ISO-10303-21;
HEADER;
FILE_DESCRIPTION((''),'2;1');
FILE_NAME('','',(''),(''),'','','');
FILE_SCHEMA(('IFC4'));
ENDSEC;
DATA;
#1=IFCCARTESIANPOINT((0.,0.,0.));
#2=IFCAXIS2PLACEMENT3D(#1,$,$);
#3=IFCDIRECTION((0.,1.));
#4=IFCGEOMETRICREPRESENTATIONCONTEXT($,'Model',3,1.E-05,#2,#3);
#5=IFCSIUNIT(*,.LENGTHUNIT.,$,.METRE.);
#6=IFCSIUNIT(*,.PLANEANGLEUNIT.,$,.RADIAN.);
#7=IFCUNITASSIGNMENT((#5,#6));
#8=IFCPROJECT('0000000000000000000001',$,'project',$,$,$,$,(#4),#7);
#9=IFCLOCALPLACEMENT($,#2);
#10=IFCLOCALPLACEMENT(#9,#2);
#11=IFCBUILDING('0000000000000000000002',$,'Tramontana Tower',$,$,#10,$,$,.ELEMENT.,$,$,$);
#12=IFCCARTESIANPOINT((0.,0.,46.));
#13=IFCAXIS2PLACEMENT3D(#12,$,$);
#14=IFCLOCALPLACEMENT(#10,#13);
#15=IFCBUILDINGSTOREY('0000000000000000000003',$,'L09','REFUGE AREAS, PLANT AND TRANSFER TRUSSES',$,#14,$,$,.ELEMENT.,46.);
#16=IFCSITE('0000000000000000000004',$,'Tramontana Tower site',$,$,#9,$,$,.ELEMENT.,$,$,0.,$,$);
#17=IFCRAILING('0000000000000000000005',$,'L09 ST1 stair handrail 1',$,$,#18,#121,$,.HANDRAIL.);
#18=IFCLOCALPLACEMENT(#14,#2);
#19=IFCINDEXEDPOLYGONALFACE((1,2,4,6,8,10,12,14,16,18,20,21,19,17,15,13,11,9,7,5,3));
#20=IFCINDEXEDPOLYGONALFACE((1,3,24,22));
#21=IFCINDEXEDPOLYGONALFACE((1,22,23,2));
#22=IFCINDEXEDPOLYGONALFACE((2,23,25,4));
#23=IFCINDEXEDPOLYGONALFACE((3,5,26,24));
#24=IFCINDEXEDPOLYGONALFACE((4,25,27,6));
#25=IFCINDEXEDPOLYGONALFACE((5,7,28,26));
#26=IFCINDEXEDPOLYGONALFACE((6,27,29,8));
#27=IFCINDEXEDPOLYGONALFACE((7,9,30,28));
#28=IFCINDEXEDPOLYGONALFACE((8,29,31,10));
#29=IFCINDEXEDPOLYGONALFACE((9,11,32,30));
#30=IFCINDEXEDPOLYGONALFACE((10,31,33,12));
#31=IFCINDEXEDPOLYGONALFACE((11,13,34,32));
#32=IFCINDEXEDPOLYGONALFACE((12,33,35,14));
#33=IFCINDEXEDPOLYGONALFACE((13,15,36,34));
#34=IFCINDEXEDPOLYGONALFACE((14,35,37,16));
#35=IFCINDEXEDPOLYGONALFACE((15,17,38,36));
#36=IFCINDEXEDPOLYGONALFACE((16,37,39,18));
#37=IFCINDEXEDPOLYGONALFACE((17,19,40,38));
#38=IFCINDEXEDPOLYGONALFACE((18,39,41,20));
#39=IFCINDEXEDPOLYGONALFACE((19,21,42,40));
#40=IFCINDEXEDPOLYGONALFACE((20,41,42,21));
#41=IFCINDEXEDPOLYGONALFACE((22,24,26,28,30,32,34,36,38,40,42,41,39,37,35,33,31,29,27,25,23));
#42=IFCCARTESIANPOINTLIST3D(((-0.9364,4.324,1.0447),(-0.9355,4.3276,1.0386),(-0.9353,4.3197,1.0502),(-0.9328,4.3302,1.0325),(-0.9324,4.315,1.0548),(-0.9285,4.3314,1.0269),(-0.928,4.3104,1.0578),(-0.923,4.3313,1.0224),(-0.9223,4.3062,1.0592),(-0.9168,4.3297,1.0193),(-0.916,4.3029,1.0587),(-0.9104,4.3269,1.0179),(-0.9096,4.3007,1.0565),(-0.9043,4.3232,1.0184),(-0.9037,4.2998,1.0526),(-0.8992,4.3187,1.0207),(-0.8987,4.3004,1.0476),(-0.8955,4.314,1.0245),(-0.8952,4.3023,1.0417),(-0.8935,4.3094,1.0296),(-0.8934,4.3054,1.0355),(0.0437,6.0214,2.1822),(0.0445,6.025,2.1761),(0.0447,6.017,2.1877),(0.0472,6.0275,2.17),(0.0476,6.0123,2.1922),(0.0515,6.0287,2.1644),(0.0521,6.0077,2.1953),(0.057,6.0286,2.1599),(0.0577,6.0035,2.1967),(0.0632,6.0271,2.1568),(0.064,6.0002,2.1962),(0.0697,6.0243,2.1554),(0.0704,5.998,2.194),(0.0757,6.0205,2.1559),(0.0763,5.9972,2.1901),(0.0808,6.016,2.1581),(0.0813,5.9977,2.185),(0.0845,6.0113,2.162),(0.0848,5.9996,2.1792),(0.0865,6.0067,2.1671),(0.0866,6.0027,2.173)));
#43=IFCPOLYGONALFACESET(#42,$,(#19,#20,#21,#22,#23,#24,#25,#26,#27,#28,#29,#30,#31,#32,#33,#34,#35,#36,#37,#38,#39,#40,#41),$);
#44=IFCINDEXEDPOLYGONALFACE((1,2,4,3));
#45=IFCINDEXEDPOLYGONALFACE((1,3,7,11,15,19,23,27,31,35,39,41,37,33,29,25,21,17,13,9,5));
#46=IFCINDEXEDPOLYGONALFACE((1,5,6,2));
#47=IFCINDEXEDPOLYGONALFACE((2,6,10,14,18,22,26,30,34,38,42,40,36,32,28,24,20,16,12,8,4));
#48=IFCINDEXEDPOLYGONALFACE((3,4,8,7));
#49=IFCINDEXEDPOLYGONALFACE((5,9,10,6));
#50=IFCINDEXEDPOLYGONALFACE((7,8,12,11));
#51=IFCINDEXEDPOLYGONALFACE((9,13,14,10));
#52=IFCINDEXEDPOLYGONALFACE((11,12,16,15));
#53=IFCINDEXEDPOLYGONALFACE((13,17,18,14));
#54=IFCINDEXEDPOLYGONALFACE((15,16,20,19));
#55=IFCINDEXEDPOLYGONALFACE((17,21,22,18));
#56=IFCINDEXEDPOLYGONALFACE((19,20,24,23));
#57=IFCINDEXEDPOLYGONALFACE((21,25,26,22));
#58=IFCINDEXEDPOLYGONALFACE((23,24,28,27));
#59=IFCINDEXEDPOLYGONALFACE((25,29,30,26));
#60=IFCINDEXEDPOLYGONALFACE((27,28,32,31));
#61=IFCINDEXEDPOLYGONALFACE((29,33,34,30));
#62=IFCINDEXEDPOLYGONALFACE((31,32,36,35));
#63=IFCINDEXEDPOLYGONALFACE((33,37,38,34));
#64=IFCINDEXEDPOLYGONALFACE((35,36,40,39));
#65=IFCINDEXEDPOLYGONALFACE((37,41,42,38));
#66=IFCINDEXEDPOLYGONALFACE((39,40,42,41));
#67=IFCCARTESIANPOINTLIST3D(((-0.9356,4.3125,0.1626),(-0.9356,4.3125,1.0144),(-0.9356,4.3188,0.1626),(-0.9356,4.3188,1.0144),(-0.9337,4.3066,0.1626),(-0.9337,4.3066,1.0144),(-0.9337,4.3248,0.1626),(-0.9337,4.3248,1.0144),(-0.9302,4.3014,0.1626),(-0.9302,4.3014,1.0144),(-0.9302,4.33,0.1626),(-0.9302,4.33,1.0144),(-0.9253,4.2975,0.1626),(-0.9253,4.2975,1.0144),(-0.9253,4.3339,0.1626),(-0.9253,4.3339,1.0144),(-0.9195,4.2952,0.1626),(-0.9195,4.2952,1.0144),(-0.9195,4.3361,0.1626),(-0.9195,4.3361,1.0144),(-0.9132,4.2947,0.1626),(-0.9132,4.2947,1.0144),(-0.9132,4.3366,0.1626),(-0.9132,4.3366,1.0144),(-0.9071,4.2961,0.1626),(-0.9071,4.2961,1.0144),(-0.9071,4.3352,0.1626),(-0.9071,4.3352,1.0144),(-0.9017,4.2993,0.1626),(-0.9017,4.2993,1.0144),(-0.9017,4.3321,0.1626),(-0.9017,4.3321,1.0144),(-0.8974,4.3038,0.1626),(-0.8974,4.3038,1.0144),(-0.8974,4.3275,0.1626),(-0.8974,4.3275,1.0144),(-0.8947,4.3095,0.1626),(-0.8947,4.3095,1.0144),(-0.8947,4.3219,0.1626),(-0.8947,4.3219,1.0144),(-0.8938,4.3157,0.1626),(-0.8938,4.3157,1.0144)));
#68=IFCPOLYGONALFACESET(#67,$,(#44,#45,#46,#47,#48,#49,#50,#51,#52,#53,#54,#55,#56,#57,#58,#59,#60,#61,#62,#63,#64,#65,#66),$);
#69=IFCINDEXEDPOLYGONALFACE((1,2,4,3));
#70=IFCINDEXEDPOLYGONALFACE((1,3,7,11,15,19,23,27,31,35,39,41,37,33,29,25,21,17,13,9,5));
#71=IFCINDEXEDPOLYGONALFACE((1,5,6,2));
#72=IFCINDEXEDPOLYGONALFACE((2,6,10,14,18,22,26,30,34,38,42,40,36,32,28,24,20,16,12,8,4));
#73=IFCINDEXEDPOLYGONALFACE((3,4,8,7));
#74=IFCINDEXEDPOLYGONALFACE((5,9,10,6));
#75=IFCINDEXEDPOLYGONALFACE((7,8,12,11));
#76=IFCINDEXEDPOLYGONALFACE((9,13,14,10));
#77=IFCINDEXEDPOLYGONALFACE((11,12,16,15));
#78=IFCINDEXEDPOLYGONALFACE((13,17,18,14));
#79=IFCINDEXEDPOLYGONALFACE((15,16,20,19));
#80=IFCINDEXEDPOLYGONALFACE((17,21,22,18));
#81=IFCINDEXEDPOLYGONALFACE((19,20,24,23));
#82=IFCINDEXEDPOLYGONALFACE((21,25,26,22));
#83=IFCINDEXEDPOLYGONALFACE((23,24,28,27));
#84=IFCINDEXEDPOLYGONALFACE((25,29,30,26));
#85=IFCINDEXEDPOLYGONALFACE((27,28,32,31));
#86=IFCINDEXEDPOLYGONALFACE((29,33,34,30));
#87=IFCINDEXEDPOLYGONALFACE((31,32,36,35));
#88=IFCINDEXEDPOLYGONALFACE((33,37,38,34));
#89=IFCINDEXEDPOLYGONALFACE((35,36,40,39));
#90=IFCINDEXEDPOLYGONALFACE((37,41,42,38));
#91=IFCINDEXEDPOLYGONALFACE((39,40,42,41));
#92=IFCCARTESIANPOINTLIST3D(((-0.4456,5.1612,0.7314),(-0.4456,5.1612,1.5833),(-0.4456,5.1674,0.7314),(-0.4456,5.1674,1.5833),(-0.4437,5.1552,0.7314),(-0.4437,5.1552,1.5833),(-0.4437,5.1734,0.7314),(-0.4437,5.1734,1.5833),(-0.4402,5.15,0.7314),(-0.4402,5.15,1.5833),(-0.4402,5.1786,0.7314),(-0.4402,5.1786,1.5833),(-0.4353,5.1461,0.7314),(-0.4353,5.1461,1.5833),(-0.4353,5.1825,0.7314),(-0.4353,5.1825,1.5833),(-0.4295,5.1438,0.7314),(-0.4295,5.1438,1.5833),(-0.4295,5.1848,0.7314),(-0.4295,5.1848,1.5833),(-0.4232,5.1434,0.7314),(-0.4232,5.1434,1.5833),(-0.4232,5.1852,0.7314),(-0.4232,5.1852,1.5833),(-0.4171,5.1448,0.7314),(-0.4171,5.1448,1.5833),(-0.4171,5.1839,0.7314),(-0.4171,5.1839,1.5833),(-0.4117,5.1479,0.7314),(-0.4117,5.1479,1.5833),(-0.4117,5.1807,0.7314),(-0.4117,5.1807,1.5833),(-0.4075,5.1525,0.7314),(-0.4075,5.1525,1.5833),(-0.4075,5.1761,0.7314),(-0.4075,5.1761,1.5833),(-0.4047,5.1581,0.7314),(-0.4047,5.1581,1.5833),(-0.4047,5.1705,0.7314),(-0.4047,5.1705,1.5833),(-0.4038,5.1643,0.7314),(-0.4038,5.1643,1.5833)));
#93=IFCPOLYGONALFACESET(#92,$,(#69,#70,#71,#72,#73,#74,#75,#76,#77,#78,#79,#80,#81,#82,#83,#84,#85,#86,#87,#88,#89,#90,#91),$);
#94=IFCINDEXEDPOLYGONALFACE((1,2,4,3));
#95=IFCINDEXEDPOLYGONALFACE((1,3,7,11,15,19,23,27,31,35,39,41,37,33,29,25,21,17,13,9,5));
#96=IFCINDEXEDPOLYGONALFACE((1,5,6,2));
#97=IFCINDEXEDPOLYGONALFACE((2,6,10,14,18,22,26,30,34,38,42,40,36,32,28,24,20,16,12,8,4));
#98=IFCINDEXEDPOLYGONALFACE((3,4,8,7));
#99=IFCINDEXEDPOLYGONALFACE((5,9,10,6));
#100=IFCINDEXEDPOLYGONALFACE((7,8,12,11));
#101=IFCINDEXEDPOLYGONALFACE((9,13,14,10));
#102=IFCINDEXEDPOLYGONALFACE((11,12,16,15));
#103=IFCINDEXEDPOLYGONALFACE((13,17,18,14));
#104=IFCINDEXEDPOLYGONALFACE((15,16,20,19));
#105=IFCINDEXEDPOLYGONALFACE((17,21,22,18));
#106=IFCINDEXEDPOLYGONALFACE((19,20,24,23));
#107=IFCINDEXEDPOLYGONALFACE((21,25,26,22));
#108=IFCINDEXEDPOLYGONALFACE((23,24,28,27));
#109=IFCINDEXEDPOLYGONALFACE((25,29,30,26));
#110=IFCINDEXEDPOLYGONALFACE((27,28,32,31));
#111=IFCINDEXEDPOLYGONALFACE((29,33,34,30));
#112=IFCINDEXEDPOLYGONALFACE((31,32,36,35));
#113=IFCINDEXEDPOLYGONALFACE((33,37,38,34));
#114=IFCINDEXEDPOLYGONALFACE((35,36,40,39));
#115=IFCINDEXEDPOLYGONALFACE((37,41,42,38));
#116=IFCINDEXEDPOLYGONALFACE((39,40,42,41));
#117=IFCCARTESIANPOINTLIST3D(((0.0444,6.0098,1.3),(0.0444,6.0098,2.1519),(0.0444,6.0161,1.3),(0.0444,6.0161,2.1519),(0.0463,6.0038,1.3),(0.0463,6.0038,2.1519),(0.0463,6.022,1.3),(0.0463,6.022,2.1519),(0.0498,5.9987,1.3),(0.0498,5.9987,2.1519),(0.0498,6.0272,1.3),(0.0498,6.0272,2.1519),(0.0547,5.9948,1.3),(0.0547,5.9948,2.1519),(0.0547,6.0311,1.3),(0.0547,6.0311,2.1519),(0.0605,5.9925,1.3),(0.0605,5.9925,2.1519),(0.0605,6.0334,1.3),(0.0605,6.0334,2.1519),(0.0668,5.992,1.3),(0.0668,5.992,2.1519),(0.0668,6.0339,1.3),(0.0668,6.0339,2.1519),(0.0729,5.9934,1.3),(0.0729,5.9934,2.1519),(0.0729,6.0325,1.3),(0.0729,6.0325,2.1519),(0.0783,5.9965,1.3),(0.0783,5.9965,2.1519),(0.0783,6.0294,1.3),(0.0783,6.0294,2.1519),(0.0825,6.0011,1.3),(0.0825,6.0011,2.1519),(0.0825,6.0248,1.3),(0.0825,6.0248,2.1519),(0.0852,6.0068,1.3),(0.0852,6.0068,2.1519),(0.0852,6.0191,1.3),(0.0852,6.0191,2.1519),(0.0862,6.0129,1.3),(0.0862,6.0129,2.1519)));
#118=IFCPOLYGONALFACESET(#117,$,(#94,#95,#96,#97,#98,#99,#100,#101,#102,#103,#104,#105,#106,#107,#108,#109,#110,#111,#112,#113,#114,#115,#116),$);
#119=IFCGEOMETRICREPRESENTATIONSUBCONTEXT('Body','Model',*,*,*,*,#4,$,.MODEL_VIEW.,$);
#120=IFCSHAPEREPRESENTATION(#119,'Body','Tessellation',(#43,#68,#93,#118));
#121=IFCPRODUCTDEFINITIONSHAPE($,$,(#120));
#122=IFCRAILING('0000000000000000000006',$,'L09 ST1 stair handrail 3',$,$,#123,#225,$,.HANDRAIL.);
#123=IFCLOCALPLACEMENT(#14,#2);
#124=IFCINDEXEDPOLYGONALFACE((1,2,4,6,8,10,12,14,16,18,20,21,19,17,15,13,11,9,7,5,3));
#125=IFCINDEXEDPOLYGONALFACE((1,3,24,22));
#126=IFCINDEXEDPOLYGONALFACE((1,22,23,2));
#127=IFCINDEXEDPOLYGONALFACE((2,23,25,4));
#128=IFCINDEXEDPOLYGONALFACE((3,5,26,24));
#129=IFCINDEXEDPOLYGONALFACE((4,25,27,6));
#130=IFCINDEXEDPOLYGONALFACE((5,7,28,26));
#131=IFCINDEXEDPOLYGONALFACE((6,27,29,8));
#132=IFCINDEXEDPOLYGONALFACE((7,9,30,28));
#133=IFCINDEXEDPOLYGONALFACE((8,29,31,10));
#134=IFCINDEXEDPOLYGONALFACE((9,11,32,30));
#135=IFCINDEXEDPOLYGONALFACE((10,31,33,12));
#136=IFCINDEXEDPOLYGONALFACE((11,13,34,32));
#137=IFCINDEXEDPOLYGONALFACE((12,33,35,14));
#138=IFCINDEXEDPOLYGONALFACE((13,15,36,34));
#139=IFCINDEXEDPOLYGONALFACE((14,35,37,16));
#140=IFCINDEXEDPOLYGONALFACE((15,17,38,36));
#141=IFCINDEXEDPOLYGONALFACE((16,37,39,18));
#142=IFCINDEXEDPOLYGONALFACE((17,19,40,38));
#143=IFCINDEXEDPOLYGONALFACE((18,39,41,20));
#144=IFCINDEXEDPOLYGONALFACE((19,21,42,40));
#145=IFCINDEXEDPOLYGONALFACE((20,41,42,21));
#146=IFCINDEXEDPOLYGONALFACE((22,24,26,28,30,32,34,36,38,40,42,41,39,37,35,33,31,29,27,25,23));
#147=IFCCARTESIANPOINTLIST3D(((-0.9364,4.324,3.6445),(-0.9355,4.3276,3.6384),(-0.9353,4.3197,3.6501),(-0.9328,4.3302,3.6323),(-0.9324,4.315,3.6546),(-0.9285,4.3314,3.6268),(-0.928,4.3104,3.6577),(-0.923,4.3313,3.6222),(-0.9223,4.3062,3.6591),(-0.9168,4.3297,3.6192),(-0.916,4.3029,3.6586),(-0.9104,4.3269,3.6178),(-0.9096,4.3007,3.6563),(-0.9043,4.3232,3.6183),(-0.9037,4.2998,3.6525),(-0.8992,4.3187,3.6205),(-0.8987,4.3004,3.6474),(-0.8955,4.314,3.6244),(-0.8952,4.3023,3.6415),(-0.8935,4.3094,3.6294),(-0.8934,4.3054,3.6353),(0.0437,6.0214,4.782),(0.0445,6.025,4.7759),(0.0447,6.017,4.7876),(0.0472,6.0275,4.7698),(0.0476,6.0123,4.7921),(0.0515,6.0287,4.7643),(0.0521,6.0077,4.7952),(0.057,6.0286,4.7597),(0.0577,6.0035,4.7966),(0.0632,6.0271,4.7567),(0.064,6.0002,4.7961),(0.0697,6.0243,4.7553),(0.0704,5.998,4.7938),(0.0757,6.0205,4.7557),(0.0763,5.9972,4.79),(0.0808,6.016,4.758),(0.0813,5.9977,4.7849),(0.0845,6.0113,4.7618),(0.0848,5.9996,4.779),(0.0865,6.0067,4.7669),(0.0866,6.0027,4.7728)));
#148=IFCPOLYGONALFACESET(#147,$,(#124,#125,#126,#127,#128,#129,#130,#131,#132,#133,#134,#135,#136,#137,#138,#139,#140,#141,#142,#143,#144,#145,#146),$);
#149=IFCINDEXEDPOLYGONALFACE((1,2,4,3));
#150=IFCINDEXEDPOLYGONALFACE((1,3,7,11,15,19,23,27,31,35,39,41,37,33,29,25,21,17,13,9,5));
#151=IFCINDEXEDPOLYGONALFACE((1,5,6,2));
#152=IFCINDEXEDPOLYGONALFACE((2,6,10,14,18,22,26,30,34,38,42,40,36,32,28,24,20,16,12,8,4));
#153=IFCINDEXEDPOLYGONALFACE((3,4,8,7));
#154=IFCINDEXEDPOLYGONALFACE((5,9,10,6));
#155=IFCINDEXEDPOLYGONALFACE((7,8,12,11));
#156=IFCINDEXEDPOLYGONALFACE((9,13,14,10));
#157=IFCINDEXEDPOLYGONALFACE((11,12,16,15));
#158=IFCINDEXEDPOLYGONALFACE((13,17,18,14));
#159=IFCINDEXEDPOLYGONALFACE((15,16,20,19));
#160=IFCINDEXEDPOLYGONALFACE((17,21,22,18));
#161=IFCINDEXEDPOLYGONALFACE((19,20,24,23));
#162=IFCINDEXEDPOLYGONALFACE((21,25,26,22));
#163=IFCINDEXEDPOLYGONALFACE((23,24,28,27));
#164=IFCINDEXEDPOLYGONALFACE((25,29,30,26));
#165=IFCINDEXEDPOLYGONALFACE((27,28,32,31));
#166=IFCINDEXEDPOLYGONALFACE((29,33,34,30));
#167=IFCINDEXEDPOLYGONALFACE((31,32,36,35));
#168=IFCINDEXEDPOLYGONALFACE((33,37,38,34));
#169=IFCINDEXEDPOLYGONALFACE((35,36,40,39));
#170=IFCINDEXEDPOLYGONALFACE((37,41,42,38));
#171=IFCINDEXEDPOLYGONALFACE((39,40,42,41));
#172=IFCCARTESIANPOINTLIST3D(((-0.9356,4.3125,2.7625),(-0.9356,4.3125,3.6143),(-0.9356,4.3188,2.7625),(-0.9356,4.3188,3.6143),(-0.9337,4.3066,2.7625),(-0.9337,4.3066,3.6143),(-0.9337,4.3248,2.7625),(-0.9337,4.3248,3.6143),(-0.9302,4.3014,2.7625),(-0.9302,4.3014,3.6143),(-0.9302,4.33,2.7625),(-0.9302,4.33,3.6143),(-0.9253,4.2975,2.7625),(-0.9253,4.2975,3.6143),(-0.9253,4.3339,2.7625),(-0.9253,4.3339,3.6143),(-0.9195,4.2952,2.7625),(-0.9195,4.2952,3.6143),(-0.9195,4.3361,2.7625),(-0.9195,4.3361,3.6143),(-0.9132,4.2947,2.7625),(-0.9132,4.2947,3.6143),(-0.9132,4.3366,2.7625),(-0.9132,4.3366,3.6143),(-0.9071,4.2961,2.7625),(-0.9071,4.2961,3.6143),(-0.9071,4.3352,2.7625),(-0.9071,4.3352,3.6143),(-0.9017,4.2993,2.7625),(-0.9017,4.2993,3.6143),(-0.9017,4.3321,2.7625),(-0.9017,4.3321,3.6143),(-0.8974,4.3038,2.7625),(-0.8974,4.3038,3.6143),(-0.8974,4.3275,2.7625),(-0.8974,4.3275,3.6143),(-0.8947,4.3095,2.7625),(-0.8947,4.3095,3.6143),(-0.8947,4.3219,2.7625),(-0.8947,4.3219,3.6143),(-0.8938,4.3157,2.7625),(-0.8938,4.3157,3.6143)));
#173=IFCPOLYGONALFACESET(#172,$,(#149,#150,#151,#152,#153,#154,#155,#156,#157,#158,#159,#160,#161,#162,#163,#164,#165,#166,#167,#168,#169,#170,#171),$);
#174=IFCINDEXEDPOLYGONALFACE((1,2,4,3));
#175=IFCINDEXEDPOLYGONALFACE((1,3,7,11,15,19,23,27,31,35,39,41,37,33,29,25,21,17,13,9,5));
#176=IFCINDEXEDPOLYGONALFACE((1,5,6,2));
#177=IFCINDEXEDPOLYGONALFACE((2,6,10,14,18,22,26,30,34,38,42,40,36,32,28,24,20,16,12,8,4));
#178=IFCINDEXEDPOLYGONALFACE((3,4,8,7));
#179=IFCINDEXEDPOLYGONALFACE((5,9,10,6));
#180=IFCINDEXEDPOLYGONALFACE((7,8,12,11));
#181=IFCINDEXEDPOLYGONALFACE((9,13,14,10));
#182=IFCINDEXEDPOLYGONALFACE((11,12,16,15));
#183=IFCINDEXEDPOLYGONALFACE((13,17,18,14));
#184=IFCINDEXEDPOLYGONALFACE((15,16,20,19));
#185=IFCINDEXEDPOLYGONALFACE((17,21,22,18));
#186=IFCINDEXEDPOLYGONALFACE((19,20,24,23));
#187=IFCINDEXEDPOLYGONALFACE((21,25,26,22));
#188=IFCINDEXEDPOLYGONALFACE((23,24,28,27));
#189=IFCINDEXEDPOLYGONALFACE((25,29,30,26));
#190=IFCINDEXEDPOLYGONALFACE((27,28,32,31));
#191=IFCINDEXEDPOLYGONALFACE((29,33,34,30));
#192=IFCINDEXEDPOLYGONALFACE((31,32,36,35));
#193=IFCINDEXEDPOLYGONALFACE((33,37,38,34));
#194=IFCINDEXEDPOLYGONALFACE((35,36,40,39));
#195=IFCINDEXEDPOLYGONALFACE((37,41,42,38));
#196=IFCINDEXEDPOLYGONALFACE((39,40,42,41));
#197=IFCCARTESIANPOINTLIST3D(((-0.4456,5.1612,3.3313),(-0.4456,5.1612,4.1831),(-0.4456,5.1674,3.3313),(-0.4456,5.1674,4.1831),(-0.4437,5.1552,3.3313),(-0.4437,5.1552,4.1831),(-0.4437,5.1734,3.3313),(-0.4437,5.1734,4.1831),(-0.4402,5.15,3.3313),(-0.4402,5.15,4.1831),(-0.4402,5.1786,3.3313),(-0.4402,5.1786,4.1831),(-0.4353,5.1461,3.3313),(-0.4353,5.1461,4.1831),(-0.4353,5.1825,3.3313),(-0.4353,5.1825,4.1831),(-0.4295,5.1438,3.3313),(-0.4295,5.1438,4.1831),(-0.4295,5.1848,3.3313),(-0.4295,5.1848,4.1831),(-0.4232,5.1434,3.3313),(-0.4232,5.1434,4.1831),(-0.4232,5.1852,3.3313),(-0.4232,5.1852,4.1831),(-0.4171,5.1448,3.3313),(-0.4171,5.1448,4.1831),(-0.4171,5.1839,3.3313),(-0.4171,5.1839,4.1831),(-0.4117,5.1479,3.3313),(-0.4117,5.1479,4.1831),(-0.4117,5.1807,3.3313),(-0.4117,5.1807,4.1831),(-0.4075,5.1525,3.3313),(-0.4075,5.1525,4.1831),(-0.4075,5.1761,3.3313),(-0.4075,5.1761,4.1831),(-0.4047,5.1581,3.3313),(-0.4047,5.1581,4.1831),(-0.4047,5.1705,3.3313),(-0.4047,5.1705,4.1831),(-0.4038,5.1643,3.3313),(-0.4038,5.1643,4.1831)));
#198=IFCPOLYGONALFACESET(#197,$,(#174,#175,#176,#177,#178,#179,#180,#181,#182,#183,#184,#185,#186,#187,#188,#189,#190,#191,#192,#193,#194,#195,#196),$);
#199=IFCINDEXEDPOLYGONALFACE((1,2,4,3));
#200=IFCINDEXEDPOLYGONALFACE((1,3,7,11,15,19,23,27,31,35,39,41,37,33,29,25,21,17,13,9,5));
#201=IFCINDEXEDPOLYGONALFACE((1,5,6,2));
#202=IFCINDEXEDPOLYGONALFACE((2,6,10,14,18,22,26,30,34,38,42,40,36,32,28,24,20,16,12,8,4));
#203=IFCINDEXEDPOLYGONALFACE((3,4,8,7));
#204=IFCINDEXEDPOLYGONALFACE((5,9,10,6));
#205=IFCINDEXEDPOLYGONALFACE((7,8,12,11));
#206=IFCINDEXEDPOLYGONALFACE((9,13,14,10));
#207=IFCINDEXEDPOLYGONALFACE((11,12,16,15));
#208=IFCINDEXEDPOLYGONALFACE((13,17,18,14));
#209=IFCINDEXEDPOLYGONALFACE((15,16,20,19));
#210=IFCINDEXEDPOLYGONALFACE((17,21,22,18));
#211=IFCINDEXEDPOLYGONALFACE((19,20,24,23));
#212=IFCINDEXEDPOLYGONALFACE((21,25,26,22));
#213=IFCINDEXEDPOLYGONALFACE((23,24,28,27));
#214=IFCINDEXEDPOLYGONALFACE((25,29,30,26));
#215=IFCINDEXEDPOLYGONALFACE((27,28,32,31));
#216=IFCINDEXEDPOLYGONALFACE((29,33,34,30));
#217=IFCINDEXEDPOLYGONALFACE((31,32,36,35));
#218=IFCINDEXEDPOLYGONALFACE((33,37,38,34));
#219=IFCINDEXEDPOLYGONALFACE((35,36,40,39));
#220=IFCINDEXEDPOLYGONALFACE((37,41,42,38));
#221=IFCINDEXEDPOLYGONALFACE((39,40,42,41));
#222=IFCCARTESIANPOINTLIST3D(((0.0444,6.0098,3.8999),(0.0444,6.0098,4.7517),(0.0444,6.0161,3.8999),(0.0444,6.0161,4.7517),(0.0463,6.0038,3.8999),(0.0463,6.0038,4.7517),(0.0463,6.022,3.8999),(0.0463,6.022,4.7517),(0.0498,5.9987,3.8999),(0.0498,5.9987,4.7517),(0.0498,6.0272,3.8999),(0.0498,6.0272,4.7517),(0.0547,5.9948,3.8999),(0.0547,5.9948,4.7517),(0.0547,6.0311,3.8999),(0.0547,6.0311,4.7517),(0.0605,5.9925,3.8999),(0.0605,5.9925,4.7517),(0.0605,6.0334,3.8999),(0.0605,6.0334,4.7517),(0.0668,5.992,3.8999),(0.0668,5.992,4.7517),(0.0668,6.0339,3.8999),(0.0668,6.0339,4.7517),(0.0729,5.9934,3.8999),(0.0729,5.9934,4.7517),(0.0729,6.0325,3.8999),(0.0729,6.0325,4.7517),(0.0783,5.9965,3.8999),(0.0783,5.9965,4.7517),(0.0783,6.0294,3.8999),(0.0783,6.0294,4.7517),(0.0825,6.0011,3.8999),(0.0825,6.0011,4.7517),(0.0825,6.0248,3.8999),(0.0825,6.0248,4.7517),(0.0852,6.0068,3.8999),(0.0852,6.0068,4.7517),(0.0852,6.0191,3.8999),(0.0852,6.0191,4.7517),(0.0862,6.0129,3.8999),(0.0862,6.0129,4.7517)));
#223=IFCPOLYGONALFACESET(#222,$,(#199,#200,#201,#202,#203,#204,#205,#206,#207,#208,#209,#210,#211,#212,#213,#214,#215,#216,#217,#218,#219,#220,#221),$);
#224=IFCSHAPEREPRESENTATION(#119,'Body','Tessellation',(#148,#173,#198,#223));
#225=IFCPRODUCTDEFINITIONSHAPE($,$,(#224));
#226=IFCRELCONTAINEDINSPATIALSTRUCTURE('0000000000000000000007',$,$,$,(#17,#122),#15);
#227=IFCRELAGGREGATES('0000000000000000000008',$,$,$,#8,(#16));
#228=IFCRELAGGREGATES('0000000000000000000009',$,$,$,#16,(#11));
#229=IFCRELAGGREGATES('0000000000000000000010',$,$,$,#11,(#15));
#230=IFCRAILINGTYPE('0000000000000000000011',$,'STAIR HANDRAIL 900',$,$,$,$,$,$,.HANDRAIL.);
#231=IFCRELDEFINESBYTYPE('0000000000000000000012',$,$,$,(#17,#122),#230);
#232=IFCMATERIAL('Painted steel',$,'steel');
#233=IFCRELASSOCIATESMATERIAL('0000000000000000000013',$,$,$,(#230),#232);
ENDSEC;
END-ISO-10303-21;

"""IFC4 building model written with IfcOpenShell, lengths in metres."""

from ifc_helpers import new_model, si_unit, direction, frame, origin, origin_2d, place, context, subcontext, project, spatial, circle, extrude, material, type_object, element, save


model = new_model("IFC4")

# Units and contexts
model_context = context("Model", 3, precision=1e-05, world=origin(), true_north=direction((0.0, 1.0)))
body_context = subcontext(model_context, "Body", "Model", "MODEL_VIEW")
ifc_project = project(units=[si_unit("LENGTHUNIT", "METRE"), si_unit("PLANEANGLEUNIT", "RADIAN")], contexts=[model_context])

# Site, building, storey
site_placement = place(None, origin())
site = spatial("IfcSite", under=ifc_project, at=site_placement, Name="Tramontana Tower site", CompositionType="ELEMENT", RefElevation=0.0)
building_placement = place(site_placement, origin())
building = spatial("IfcBuilding", under=site, at=building_placement, Name="Tramontana Tower", CompositionType="ELEMENT")
storey_placement = place(building_placement, frame((0.0, 0.0, 46.0)))
storey = spatial("IfcBuildingStorey", under=building, at=storey_placement, Name="L09", Description="REFUGE AREAS, PLANT AND TRANSFER TRUSSES", CompositionType="ELEMENT", Elevation=46.0)

# Railings
ifc_material_1 = material(Name="Painted steel", Category="steel")
railing_type = type_object("IfcRailingType", Name="STAIR HANDRAIL 900", PredefinedType="HANDRAIL", material=ifc_material_1)
for number, where, name in (
    (1, (-0.9148, 4.3157, 0.1626), "L09 ST1 stair handrail 1"),
    (2, (-0.9148, 4.3157, 2.7625), "L09 ST1 stair handrail 3"),
):
    element("IfcRailing", number, at=place(storey_placement, frame(where)), inside=storey, type_object=railing_type, Name=name, PredefinedType="HANDRAIL", context=body_context, shape_type="SweptSolid", body=[
        extrude(circle(Radius=0.0239, at=origin_2d()), frame((0.0, 0.0, 0.876), z_axis=(0.432467, 0.749006, 0.501959), x_axis=(-0.866011, 0.500024, 0.0)), (0.0, 0.0, 1.0), 2.2661),
        extrude(circle(Radius=0.021, at=origin_2d()), origin(), (0.0, 0.0, 1.0), 0.8518),
        extrude(circle(Radius=0.021, at=origin_2d()), frame((0.49, 0.8486, 0.5688)), (0.0, 0.0, 1.0), 0.8518),
        extrude(circle(Radius=0.021, at=origin_2d()), frame((0.98, 1.6973, 1.1375)), (0.0, 0.0, 1.0), 0.8518),
    ])

save(model, "model.ifc")
